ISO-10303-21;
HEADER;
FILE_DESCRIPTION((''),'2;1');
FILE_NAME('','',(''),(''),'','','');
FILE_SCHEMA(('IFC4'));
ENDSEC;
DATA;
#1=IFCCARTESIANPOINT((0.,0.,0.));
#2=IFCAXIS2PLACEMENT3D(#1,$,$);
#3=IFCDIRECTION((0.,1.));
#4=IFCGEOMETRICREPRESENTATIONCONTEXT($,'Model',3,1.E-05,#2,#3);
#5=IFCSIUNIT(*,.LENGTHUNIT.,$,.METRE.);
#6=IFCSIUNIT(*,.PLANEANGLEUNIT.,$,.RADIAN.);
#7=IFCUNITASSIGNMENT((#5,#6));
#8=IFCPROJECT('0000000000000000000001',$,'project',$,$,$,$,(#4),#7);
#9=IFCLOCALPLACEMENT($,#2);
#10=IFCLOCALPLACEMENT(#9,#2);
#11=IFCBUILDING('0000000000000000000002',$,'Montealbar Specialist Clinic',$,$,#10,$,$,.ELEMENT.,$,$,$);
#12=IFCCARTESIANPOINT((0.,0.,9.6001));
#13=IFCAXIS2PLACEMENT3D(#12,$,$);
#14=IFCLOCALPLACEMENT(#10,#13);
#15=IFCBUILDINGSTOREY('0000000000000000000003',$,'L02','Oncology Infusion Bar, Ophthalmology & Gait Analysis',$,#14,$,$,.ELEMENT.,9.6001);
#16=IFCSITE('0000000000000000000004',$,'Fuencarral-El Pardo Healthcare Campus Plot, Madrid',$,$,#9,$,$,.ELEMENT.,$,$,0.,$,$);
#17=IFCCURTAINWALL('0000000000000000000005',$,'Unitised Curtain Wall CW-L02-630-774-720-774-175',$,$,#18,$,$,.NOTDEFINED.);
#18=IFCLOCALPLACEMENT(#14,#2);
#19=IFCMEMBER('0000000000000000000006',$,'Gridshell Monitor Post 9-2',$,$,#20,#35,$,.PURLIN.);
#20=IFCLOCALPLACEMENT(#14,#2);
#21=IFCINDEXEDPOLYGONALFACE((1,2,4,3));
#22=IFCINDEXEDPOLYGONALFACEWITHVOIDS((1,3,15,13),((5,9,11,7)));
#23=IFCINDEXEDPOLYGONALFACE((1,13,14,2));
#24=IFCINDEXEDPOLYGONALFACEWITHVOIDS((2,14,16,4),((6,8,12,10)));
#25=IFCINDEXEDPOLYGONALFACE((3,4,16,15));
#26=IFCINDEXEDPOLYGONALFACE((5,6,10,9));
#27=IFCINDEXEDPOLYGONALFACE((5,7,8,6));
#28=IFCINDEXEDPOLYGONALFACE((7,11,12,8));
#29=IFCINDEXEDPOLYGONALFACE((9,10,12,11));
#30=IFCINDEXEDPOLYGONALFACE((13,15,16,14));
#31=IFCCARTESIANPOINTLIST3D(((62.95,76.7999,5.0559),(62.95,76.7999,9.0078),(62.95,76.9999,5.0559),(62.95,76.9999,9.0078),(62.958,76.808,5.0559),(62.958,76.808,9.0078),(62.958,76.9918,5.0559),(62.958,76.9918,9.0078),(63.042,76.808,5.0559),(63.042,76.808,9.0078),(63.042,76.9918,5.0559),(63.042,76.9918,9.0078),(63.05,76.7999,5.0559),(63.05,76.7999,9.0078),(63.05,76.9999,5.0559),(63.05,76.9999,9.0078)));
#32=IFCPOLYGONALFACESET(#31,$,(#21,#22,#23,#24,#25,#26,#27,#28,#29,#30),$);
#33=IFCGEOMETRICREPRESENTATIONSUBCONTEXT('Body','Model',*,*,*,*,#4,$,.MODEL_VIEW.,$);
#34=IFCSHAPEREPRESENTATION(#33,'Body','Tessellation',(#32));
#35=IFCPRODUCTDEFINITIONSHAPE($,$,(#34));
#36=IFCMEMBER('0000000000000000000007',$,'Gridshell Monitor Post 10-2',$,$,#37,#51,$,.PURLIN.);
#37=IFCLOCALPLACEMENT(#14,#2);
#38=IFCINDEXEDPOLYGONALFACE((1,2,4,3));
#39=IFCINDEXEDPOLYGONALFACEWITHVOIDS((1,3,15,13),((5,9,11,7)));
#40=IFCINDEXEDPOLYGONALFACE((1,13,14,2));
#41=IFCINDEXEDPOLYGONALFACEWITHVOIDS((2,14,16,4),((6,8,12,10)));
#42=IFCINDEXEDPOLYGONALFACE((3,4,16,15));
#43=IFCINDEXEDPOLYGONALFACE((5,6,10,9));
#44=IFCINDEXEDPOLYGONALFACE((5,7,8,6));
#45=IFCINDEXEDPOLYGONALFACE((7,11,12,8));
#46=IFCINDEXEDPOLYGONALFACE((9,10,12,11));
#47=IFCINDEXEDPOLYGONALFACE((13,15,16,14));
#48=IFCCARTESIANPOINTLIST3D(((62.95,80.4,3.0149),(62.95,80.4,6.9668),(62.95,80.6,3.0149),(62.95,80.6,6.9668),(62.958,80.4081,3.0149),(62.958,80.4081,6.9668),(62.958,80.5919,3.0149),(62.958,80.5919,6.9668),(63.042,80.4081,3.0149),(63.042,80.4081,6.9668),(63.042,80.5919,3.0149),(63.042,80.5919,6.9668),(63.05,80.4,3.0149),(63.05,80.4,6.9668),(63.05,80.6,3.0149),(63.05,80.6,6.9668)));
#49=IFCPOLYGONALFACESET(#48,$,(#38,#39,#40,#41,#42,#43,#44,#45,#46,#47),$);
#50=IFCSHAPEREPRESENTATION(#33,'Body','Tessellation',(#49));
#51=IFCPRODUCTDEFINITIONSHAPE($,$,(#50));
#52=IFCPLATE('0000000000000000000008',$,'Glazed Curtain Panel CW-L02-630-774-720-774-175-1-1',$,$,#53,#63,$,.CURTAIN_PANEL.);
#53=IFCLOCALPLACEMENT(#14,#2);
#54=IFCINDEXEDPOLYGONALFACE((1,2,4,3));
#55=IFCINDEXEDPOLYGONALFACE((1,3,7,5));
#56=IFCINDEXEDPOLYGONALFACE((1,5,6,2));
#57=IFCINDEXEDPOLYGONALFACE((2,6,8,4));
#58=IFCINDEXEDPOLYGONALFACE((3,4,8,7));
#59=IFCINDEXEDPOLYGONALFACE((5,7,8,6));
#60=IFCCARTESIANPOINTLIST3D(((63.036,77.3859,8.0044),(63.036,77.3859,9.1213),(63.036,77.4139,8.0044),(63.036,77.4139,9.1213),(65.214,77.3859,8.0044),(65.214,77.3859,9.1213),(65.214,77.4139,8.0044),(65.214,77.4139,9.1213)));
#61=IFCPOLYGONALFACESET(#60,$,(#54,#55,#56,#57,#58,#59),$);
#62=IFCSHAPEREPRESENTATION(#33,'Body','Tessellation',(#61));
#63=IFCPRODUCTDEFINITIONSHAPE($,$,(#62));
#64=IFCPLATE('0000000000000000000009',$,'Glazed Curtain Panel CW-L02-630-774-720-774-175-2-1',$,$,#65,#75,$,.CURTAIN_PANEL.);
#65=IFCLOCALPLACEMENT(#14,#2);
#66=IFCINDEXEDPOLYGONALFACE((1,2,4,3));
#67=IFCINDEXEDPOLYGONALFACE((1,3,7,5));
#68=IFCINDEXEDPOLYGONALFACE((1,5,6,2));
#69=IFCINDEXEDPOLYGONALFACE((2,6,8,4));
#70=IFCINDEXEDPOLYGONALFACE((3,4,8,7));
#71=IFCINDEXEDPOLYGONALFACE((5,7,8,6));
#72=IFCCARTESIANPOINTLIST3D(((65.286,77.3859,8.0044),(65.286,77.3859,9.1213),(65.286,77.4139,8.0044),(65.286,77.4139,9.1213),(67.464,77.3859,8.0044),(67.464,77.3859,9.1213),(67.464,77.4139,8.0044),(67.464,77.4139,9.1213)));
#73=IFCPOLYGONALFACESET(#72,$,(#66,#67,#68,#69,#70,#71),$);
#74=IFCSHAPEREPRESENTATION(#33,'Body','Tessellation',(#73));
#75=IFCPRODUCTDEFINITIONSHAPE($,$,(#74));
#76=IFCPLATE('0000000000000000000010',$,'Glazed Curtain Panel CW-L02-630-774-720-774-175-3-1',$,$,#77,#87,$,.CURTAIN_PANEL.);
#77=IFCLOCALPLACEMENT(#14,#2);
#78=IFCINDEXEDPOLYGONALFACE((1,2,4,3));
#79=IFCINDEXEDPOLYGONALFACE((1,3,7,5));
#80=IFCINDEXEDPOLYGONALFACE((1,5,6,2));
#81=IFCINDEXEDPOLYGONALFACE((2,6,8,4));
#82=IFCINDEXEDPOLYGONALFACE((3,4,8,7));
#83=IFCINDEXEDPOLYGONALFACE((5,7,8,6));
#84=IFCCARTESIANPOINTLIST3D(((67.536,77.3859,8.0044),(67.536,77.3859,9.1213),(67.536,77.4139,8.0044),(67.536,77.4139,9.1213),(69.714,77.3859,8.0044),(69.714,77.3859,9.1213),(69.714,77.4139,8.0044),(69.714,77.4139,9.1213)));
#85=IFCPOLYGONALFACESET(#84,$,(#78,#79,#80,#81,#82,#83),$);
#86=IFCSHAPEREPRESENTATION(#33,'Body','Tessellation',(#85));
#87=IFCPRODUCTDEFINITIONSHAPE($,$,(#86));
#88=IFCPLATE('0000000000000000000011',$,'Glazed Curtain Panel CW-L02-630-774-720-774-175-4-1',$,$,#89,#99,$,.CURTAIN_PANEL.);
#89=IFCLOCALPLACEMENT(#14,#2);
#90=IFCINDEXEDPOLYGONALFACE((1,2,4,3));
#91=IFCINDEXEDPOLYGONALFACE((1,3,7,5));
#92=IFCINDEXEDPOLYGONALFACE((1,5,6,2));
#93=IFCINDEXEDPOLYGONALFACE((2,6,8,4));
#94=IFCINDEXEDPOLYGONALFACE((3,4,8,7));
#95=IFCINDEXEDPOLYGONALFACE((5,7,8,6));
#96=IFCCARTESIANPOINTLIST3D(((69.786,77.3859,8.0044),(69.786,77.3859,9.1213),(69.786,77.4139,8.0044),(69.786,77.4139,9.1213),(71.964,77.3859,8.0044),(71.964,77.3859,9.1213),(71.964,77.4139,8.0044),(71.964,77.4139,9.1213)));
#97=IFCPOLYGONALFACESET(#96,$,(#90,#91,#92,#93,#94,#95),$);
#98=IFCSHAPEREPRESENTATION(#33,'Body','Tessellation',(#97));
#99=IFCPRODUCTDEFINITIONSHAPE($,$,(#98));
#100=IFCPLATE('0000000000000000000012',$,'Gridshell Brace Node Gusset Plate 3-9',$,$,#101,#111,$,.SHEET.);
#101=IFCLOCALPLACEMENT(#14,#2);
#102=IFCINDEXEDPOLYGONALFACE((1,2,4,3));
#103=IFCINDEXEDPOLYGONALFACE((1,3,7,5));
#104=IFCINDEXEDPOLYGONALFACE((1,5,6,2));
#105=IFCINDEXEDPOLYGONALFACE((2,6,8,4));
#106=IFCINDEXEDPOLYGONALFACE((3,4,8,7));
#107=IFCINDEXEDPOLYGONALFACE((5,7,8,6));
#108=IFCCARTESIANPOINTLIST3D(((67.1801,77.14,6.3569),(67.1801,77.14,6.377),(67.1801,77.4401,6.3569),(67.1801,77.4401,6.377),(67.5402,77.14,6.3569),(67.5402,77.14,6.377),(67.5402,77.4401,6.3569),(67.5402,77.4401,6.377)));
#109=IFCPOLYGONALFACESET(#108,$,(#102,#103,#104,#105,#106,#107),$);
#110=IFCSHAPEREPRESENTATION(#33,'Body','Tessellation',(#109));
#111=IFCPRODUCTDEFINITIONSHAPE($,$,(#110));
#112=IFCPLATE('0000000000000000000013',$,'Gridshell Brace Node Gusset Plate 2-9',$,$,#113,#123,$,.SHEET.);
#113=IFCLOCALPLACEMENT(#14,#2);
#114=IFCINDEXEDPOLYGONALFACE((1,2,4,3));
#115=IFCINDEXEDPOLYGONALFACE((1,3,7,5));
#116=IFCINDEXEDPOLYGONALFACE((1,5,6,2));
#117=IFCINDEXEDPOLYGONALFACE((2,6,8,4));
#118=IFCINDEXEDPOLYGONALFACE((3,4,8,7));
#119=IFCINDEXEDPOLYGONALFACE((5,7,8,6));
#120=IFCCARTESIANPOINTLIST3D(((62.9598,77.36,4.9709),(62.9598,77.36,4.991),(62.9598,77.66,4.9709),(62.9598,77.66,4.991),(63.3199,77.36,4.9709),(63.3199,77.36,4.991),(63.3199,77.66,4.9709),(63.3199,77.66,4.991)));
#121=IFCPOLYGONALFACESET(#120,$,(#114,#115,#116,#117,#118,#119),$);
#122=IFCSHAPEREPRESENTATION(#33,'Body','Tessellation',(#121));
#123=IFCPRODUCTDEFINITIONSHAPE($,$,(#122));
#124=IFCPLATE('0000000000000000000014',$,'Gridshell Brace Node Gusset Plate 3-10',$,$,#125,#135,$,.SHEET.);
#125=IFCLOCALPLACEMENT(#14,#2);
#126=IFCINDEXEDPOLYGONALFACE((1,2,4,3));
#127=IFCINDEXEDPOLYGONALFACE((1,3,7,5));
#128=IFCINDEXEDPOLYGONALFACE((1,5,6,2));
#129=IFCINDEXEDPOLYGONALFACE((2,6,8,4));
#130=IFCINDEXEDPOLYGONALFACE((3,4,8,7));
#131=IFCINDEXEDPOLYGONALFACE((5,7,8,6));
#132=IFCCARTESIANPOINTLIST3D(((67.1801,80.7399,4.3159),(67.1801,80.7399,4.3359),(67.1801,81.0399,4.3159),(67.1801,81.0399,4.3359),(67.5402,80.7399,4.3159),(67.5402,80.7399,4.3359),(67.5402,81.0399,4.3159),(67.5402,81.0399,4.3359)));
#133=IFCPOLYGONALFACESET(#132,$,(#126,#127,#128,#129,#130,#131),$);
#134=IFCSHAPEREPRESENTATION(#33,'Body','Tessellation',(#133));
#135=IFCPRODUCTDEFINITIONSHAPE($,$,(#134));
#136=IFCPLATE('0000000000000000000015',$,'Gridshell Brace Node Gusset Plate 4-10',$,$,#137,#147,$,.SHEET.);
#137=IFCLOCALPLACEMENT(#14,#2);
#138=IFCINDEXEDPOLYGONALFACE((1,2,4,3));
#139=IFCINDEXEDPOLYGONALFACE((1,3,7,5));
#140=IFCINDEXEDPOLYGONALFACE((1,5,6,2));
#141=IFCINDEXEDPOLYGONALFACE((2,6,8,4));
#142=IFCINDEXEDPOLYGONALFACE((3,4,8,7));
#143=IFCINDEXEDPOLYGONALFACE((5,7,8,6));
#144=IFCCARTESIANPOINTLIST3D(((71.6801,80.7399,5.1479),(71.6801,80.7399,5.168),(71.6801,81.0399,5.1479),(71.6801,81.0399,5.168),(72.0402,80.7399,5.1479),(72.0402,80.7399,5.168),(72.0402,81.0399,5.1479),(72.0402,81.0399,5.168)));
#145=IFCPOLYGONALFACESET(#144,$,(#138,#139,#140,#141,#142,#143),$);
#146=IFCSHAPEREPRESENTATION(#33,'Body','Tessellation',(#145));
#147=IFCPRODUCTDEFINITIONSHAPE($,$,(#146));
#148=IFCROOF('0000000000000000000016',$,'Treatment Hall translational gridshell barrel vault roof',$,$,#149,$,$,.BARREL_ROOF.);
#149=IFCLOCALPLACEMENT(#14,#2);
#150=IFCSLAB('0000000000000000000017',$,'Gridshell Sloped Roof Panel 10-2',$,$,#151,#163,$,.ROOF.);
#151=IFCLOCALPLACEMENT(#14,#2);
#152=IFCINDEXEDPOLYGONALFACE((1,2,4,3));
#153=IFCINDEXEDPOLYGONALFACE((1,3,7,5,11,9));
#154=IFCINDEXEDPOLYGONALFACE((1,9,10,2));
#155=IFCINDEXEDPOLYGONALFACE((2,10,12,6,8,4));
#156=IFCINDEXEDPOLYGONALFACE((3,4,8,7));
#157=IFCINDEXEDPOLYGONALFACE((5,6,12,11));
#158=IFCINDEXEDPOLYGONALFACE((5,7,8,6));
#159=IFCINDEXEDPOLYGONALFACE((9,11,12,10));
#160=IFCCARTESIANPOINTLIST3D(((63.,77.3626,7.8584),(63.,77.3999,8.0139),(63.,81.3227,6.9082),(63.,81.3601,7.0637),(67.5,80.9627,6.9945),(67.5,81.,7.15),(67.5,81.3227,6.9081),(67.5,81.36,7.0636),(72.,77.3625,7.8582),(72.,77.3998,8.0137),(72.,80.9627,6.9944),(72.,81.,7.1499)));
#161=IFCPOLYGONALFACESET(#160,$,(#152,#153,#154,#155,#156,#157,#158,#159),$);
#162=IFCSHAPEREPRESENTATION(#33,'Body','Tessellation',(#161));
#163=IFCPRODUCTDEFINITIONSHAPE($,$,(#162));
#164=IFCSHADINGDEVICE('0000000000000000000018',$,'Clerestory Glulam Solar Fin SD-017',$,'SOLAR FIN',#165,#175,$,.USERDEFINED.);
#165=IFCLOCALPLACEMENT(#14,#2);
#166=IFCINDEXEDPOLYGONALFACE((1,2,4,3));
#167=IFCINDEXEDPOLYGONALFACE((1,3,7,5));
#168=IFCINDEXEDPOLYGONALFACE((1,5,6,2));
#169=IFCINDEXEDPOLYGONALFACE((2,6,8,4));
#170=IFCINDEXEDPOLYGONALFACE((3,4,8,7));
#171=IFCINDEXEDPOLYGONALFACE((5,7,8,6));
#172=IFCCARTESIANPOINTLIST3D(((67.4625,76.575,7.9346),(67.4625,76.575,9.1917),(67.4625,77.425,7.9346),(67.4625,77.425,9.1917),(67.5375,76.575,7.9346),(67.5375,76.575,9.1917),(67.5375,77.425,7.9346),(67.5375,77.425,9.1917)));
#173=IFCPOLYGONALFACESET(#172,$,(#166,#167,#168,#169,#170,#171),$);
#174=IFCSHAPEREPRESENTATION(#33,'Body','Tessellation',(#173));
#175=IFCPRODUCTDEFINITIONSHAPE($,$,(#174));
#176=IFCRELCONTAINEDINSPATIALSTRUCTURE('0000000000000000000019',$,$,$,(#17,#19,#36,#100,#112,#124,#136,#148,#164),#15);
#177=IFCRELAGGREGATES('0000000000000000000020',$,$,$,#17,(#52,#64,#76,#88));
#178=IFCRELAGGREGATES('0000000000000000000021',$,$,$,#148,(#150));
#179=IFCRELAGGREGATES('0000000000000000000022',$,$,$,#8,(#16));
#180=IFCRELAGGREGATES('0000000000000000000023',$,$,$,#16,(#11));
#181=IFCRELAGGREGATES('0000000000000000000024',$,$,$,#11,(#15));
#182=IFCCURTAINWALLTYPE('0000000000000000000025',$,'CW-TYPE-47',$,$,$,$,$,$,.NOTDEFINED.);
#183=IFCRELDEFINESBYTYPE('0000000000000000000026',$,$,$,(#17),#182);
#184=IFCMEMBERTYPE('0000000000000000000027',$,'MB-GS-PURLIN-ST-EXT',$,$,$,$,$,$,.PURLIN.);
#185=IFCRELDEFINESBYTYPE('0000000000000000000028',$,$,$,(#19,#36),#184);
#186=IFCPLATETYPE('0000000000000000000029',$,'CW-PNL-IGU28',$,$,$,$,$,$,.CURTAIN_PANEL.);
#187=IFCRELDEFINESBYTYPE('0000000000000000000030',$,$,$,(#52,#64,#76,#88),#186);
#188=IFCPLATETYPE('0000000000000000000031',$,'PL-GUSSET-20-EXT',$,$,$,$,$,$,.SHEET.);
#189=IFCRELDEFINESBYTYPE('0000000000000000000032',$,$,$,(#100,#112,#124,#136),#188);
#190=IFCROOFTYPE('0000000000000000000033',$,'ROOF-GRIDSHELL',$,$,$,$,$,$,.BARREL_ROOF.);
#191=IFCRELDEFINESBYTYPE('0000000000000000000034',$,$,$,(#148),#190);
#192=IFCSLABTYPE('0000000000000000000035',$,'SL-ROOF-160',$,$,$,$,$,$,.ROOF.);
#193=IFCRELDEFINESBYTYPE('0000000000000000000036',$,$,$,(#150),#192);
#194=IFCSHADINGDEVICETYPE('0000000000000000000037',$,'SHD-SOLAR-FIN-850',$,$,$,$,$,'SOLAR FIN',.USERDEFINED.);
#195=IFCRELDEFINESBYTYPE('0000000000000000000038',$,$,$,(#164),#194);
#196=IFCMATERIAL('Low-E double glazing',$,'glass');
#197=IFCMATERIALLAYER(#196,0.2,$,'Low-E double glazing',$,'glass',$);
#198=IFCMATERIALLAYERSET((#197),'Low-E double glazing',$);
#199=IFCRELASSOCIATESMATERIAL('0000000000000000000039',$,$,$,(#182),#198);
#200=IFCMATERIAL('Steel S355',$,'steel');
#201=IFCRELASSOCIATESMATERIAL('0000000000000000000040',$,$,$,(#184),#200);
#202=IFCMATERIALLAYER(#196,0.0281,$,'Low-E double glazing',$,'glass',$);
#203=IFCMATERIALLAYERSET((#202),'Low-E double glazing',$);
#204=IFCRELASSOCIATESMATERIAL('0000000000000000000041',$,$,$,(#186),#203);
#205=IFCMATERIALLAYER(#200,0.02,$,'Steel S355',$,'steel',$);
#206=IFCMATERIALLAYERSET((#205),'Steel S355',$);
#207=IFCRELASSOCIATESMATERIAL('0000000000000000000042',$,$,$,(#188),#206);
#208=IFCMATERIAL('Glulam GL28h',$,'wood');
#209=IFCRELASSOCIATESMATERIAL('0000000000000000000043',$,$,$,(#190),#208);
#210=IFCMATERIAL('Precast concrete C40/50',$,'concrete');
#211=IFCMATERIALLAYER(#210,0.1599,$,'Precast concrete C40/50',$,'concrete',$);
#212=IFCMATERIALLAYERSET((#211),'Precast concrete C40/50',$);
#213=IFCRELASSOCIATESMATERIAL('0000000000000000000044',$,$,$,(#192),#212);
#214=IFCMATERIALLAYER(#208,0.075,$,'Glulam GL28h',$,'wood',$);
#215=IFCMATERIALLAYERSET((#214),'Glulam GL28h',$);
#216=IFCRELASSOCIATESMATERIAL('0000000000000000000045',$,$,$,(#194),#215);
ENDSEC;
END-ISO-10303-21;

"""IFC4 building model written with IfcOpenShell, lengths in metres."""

from ifc_helpers import new_model, si_unit, direction, frame, origin, origin_2d, place, context, subcontext, project, spatial, polyline, rectangle, hollow_rectangle, outline, extrude, material, layer, layer_set, material_profile, profile_set, type_object, element, aggregate, save


model = new_model("IFC4")

# Units and contexts
model_context = context("Model", 3, precision=1e-05, world=origin(), true_north=direction((0.0, 1.0)))
body_context = subcontext(model_context, "Body", "Model", "MODEL_VIEW")
ifc_project = project(units=[si_unit("LENGTHUNIT", "METRE"), si_unit("PLANEANGLEUNIT", "RADIAN")], contexts=[model_context])

# Site, building, storey
site_placement = place(None, origin())
site = spatial("IfcSite", under=ifc_project, at=site_placement, Name="Fuencarral-El Pardo Healthcare Campus Plot, Madrid", CompositionType="ELEMENT", RefElevation=0.0)
building_placement = place(site_placement, origin())
building = spatial("IfcBuilding", under=site, at=building_placement, Name="Montealbar Specialist Clinic", CompositionType="ELEMENT")
storey_placement = place(building_placement, frame((0.0, 0.0, 9.6001)))
storey = spatial("IfcBuildingStorey", under=building, at=storey_placement, Name="L02", Description="Oncology Infusion Bar, Ophthalmology & Gait Analysis", CompositionType="ELEMENT", Elevation=9.6001)

# Shared definitions
ifc_material_1 = material(Name="Steel S355", Category="steel")
ifc_material_2 = material(Name="Glulam GL28h", Category="wood")

# Curtain wall
ifc_material_3 = material(Name="Low-E double glazing", Category="glass")
ifc_layer_1 = layer(ifc_material_3, 0.2, Name="Low-E double glazing", Category="glass")
ifc_layer_set_1 = layer_set([ifc_layer_1], Name="Low-E double glazing")
curtain_wall_type = type_object("IfcCurtainWallType", Name="CW-TYPE-47", PredefinedType="NOTDEFINED", material=ifc_layer_set_1)
curtain_wall_placement = place(storey_placement, origin())
curtain_wall = element("IfcCurtainWall", 1, at=curtain_wall_placement, inside=storey, type_object=curtain_wall_type, Name="Unitised Curtain Wall CW-L02-630-774-720-774-175", PredefinedType="NOTDEFINED")

# Members
ifc_material_profile_1 = material_profile(ifc_material_1, hollow_rectangle(XDim=0.1001, YDim=0.2, WallThickness=0.0081, at=origin_2d()), Name="RHS 200x100x8", Category="steel")
ifc_profile_set_1 = profile_set([ifc_material_profile_1], Name="Steel S355")
member_type_1 = type_object("IfcMemberType", Name="MB-GS-PURLIN-ST-EXT", PredefinedType="PURLIN", material=ifc_profile_set_1)
for number, where, z_axis, x_axis, name in (
    (2, (63.0, 76.8999, 5.0559), (0.0, 0.0, 1.0), (1.0, 0.0, 0.0), "Gridshell Monitor Post 9-2"),
    (3, (63.0, 80.5, 3.0149), (0.0, 0.0, 1.0), (1.0, 0.0, 0.0), "Gridshell Monitor Post 10-2"),
):
    element("IfcMember", number, at=place(storey_placement, frame(where, z_axis=z_axis, x_axis=x_axis)), inside=storey, type_object=member_type_1, Name=name, PredefinedType="PURLIN", context=body_context, shape_type="SweptSolid", body=[
        extrude(hollow_rectangle(XDim=0.1001, YDim=0.2, WallThickness=0.0081, at=origin_2d()), origin(), (0.0, 0.0, 1.0), 3.9519),
    ])

# Plates
ifc_layer_2 = layer(ifc_material_3, 0.0281, Name="Low-E double glazing", Category="glass")
ifc_layer_set_2 = layer_set([ifc_layer_2], Name="Low-E double glazing")
plate_type_1 = type_object("IfcPlateType", Name="CW-PNL-IGU28", PredefinedType="CURTAIN_PANEL", material=ifc_layer_set_2)
plate_1_placement = place(storey_placement, frame((64.125, 77.3999, 8.0044), z_axis=(0.0, 0.0, 1.0), x_axis=(1.0, 0.0, 0.0)))
plate_1 = element("IfcPlate", 4, at=plate_1_placement, type_object=plate_type_1, Name="Glazed Curtain Panel CW-L02-630-774-720-774-175-1-1", PredefinedType="CURTAIN_PANEL", context=body_context, shape_type="SweptSolid", body=[
    extrude(rectangle(XDim=2.178, YDim=0.0281, at=origin_2d()), origin(), (0.0, 0.0, 1.0), 1.1169),
])
plate_2_placement = place(storey_placement, frame((66.375, 77.3999, 8.0044), z_axis=(0.0, 0.0, 1.0), x_axis=(1.0, 0.0, 0.0)))
plate_2 = element("IfcPlate", 5, at=plate_2_placement, type_object=plate_type_1, Name="Glazed Curtain Panel CW-L02-630-774-720-774-175-2-1", PredefinedType="CURTAIN_PANEL", context=body_context, shape_type="SweptSolid", body=[
    extrude(rectangle(XDim=2.178, YDim=0.0281, at=origin_2d()), origin(), (0.0, 0.0, 1.0), 1.1169),
])
plate_3_placement = place(storey_placement, frame((68.625, 77.3999, 8.0044), z_axis=(0.0, 0.0, 1.0), x_axis=(1.0, 0.0, 0.0)))
plate_3 = element("IfcPlate", 6, at=plate_3_placement, type_object=plate_type_1, Name="Glazed Curtain Panel CW-L02-630-774-720-774-175-3-1", PredefinedType="CURTAIN_PANEL", context=body_context, shape_type="SweptSolid", body=[
    extrude(rectangle(XDim=2.178, YDim=0.0281, at=origin_2d()), origin(), (0.0, 0.0, 1.0), 1.1169),
])
plate_4_placement = place(storey_placement, frame((70.875, 77.3999, 8.0044), z_axis=(0.0, 0.0, 1.0), x_axis=(1.0, 0.0, 0.0)))
plate_4 = element("IfcPlate", 7, at=plate_4_placement, type_object=plate_type_1, Name="Glazed Curtain Panel CW-L02-630-774-720-774-175-4-1", PredefinedType="CURTAIN_PANEL", context=body_context, shape_type="SweptSolid", body=[
    extrude(rectangle(XDim=2.178, YDim=0.0281, at=origin_2d()), origin(), (0.0, 0.0, 1.0), 1.1169),
])
aggregate(curtain_wall, [plate_1, plate_2, plate_3, plate_4])

# Plates
ifc_layer_3 = layer(ifc_material_1, 0.02, Name="Steel S355", Category="steel")
ifc_layer_set_3 = layer_set([ifc_layer_3], Name="Steel S355")
plate_type_2 = type_object("IfcPlateType", Name="PL-GUSSET-20-EXT", PredefinedType="SHEET", material=ifc_layer_set_3)
for number, where, z_axis, x_axis, name in (
    (8, (67.3601, 77.29, 6.3569), (0.0, 0.0, 1.0), (1.0, 0.0, 0.0), "Gridshell Brace Node Gusset Plate 3-9"),
    (9, (63.1399, 77.51, 4.9709), (0.0, 0.0, 1.0), (1.0, 0.0, 0.0), "Gridshell Brace Node Gusset Plate 2-9"),
    (10, (67.3601, 80.8899, 4.3159), (0.0, 0.0, 1.0), (1.0, 0.0, 0.0), "Gridshell Brace Node Gusset Plate 3-10"),
    (11, (71.8601, 80.8899, 5.1479), (0.0, 0.0, 1.0), (1.0, 0.0, 0.0), "Gridshell Brace Node Gusset Plate 4-10"),
):
    element("IfcPlate", number, at=place(storey_placement, frame(where, z_axis=z_axis, x_axis=x_axis)), inside=storey, type_object=plate_type_2, Name=name, PredefinedType="SHEET", context=body_context, shape_type="SweptSolid", body=[
        extrude(rectangle(XDim=0.3601, YDim=0.3, at=origin_2d()), origin(), (0.0, 0.0, 1.0), 0.02),
    ])

# Roof, slab
roof_type = type_object("IfcRoofType", Name="ROOF-GRIDSHELL", PredefinedType="BARREL_ROOF", material=ifc_material_2)
roof_placement = place(storey_placement, origin())
roof = element("IfcRoof", 12, at=roof_placement, inside=storey, type_object=roof_type, Name="Treatment Hall translational gridshell barrel vault roof", PredefinedType="BARREL_ROOF")
ifc_material_4 = material(Name="Precast concrete C40/50", Category="concrete")
ifc_layer_4 = layer(ifc_material_4, 0.1599, Name="Precast concrete C40/50", Category="concrete")
ifc_layer_set_4 = layer_set([ifc_layer_4], Name="Precast concrete C40/50")
slab_type = type_object("IfcSlabType", Name="SL-ROOF-160", PredefinedType="ROOF", material=ifc_layer_set_4)
slab_placement = place(storey_placement, frame((63.0, 77.3999, 8.0139), z_axis=(0.000025, 0.233311, 0.972402), x_axis=(1.0, -0.000006, -0.000024)))
slab = element("IfcSlab", 13, at=slab_placement, type_object=slab_type, Name="Gridshell Sloped Roof Panel 10-2", PredefinedType="ROOF", context=body_context, shape_type="SweptSolid", body=[
    extrude(outline(polyline([(0.0, 0.0), (9.0, 0.0), (9.0, 3.7023), (4.5, 3.7023), (4.5, 4.0725), (0.0, 4.0725), (0.0, 0.0)])), origin(), (0.0, 0.0, -1.0), 0.1599),
])
aggregate(roof, [slab])

# Shading device
ifc_layer_5 = layer(ifc_material_2, 0.075, Name="Glulam GL28h", Category="wood")
ifc_layer_set_5 = layer_set([ifc_layer_5], Name="Glulam GL28h")
shading_device_type = type_object("IfcShadingDeviceType", Name="SHD-SOLAR-FIN-850", ElementType="SOLAR FIN", PredefinedType="USERDEFINED", material=ifc_layer_set_5)
shading_device_placement = place(storey_placement, frame((67.5, 77.0, 7.9346), z_axis=(0.0, 0.0, 1.0), x_axis=(0.0, -1.0, 0.0)))
element("IfcShadingDevice", 14, at=shading_device_placement, inside=storey, type_object=shading_device_type, Name="Clerestory Glulam Solar Fin SD-017", ObjectType="SOLAR FIN", PredefinedType="USERDEFINED", context=body_context, shape_type="SweptSolid", body=[
    extrude(rectangle(XDim=0.8501, YDim=0.075, at=origin_2d()), origin(), (0.0, 0.0, 1.0), 1.2571),
])

save(model, "model.ifc")
